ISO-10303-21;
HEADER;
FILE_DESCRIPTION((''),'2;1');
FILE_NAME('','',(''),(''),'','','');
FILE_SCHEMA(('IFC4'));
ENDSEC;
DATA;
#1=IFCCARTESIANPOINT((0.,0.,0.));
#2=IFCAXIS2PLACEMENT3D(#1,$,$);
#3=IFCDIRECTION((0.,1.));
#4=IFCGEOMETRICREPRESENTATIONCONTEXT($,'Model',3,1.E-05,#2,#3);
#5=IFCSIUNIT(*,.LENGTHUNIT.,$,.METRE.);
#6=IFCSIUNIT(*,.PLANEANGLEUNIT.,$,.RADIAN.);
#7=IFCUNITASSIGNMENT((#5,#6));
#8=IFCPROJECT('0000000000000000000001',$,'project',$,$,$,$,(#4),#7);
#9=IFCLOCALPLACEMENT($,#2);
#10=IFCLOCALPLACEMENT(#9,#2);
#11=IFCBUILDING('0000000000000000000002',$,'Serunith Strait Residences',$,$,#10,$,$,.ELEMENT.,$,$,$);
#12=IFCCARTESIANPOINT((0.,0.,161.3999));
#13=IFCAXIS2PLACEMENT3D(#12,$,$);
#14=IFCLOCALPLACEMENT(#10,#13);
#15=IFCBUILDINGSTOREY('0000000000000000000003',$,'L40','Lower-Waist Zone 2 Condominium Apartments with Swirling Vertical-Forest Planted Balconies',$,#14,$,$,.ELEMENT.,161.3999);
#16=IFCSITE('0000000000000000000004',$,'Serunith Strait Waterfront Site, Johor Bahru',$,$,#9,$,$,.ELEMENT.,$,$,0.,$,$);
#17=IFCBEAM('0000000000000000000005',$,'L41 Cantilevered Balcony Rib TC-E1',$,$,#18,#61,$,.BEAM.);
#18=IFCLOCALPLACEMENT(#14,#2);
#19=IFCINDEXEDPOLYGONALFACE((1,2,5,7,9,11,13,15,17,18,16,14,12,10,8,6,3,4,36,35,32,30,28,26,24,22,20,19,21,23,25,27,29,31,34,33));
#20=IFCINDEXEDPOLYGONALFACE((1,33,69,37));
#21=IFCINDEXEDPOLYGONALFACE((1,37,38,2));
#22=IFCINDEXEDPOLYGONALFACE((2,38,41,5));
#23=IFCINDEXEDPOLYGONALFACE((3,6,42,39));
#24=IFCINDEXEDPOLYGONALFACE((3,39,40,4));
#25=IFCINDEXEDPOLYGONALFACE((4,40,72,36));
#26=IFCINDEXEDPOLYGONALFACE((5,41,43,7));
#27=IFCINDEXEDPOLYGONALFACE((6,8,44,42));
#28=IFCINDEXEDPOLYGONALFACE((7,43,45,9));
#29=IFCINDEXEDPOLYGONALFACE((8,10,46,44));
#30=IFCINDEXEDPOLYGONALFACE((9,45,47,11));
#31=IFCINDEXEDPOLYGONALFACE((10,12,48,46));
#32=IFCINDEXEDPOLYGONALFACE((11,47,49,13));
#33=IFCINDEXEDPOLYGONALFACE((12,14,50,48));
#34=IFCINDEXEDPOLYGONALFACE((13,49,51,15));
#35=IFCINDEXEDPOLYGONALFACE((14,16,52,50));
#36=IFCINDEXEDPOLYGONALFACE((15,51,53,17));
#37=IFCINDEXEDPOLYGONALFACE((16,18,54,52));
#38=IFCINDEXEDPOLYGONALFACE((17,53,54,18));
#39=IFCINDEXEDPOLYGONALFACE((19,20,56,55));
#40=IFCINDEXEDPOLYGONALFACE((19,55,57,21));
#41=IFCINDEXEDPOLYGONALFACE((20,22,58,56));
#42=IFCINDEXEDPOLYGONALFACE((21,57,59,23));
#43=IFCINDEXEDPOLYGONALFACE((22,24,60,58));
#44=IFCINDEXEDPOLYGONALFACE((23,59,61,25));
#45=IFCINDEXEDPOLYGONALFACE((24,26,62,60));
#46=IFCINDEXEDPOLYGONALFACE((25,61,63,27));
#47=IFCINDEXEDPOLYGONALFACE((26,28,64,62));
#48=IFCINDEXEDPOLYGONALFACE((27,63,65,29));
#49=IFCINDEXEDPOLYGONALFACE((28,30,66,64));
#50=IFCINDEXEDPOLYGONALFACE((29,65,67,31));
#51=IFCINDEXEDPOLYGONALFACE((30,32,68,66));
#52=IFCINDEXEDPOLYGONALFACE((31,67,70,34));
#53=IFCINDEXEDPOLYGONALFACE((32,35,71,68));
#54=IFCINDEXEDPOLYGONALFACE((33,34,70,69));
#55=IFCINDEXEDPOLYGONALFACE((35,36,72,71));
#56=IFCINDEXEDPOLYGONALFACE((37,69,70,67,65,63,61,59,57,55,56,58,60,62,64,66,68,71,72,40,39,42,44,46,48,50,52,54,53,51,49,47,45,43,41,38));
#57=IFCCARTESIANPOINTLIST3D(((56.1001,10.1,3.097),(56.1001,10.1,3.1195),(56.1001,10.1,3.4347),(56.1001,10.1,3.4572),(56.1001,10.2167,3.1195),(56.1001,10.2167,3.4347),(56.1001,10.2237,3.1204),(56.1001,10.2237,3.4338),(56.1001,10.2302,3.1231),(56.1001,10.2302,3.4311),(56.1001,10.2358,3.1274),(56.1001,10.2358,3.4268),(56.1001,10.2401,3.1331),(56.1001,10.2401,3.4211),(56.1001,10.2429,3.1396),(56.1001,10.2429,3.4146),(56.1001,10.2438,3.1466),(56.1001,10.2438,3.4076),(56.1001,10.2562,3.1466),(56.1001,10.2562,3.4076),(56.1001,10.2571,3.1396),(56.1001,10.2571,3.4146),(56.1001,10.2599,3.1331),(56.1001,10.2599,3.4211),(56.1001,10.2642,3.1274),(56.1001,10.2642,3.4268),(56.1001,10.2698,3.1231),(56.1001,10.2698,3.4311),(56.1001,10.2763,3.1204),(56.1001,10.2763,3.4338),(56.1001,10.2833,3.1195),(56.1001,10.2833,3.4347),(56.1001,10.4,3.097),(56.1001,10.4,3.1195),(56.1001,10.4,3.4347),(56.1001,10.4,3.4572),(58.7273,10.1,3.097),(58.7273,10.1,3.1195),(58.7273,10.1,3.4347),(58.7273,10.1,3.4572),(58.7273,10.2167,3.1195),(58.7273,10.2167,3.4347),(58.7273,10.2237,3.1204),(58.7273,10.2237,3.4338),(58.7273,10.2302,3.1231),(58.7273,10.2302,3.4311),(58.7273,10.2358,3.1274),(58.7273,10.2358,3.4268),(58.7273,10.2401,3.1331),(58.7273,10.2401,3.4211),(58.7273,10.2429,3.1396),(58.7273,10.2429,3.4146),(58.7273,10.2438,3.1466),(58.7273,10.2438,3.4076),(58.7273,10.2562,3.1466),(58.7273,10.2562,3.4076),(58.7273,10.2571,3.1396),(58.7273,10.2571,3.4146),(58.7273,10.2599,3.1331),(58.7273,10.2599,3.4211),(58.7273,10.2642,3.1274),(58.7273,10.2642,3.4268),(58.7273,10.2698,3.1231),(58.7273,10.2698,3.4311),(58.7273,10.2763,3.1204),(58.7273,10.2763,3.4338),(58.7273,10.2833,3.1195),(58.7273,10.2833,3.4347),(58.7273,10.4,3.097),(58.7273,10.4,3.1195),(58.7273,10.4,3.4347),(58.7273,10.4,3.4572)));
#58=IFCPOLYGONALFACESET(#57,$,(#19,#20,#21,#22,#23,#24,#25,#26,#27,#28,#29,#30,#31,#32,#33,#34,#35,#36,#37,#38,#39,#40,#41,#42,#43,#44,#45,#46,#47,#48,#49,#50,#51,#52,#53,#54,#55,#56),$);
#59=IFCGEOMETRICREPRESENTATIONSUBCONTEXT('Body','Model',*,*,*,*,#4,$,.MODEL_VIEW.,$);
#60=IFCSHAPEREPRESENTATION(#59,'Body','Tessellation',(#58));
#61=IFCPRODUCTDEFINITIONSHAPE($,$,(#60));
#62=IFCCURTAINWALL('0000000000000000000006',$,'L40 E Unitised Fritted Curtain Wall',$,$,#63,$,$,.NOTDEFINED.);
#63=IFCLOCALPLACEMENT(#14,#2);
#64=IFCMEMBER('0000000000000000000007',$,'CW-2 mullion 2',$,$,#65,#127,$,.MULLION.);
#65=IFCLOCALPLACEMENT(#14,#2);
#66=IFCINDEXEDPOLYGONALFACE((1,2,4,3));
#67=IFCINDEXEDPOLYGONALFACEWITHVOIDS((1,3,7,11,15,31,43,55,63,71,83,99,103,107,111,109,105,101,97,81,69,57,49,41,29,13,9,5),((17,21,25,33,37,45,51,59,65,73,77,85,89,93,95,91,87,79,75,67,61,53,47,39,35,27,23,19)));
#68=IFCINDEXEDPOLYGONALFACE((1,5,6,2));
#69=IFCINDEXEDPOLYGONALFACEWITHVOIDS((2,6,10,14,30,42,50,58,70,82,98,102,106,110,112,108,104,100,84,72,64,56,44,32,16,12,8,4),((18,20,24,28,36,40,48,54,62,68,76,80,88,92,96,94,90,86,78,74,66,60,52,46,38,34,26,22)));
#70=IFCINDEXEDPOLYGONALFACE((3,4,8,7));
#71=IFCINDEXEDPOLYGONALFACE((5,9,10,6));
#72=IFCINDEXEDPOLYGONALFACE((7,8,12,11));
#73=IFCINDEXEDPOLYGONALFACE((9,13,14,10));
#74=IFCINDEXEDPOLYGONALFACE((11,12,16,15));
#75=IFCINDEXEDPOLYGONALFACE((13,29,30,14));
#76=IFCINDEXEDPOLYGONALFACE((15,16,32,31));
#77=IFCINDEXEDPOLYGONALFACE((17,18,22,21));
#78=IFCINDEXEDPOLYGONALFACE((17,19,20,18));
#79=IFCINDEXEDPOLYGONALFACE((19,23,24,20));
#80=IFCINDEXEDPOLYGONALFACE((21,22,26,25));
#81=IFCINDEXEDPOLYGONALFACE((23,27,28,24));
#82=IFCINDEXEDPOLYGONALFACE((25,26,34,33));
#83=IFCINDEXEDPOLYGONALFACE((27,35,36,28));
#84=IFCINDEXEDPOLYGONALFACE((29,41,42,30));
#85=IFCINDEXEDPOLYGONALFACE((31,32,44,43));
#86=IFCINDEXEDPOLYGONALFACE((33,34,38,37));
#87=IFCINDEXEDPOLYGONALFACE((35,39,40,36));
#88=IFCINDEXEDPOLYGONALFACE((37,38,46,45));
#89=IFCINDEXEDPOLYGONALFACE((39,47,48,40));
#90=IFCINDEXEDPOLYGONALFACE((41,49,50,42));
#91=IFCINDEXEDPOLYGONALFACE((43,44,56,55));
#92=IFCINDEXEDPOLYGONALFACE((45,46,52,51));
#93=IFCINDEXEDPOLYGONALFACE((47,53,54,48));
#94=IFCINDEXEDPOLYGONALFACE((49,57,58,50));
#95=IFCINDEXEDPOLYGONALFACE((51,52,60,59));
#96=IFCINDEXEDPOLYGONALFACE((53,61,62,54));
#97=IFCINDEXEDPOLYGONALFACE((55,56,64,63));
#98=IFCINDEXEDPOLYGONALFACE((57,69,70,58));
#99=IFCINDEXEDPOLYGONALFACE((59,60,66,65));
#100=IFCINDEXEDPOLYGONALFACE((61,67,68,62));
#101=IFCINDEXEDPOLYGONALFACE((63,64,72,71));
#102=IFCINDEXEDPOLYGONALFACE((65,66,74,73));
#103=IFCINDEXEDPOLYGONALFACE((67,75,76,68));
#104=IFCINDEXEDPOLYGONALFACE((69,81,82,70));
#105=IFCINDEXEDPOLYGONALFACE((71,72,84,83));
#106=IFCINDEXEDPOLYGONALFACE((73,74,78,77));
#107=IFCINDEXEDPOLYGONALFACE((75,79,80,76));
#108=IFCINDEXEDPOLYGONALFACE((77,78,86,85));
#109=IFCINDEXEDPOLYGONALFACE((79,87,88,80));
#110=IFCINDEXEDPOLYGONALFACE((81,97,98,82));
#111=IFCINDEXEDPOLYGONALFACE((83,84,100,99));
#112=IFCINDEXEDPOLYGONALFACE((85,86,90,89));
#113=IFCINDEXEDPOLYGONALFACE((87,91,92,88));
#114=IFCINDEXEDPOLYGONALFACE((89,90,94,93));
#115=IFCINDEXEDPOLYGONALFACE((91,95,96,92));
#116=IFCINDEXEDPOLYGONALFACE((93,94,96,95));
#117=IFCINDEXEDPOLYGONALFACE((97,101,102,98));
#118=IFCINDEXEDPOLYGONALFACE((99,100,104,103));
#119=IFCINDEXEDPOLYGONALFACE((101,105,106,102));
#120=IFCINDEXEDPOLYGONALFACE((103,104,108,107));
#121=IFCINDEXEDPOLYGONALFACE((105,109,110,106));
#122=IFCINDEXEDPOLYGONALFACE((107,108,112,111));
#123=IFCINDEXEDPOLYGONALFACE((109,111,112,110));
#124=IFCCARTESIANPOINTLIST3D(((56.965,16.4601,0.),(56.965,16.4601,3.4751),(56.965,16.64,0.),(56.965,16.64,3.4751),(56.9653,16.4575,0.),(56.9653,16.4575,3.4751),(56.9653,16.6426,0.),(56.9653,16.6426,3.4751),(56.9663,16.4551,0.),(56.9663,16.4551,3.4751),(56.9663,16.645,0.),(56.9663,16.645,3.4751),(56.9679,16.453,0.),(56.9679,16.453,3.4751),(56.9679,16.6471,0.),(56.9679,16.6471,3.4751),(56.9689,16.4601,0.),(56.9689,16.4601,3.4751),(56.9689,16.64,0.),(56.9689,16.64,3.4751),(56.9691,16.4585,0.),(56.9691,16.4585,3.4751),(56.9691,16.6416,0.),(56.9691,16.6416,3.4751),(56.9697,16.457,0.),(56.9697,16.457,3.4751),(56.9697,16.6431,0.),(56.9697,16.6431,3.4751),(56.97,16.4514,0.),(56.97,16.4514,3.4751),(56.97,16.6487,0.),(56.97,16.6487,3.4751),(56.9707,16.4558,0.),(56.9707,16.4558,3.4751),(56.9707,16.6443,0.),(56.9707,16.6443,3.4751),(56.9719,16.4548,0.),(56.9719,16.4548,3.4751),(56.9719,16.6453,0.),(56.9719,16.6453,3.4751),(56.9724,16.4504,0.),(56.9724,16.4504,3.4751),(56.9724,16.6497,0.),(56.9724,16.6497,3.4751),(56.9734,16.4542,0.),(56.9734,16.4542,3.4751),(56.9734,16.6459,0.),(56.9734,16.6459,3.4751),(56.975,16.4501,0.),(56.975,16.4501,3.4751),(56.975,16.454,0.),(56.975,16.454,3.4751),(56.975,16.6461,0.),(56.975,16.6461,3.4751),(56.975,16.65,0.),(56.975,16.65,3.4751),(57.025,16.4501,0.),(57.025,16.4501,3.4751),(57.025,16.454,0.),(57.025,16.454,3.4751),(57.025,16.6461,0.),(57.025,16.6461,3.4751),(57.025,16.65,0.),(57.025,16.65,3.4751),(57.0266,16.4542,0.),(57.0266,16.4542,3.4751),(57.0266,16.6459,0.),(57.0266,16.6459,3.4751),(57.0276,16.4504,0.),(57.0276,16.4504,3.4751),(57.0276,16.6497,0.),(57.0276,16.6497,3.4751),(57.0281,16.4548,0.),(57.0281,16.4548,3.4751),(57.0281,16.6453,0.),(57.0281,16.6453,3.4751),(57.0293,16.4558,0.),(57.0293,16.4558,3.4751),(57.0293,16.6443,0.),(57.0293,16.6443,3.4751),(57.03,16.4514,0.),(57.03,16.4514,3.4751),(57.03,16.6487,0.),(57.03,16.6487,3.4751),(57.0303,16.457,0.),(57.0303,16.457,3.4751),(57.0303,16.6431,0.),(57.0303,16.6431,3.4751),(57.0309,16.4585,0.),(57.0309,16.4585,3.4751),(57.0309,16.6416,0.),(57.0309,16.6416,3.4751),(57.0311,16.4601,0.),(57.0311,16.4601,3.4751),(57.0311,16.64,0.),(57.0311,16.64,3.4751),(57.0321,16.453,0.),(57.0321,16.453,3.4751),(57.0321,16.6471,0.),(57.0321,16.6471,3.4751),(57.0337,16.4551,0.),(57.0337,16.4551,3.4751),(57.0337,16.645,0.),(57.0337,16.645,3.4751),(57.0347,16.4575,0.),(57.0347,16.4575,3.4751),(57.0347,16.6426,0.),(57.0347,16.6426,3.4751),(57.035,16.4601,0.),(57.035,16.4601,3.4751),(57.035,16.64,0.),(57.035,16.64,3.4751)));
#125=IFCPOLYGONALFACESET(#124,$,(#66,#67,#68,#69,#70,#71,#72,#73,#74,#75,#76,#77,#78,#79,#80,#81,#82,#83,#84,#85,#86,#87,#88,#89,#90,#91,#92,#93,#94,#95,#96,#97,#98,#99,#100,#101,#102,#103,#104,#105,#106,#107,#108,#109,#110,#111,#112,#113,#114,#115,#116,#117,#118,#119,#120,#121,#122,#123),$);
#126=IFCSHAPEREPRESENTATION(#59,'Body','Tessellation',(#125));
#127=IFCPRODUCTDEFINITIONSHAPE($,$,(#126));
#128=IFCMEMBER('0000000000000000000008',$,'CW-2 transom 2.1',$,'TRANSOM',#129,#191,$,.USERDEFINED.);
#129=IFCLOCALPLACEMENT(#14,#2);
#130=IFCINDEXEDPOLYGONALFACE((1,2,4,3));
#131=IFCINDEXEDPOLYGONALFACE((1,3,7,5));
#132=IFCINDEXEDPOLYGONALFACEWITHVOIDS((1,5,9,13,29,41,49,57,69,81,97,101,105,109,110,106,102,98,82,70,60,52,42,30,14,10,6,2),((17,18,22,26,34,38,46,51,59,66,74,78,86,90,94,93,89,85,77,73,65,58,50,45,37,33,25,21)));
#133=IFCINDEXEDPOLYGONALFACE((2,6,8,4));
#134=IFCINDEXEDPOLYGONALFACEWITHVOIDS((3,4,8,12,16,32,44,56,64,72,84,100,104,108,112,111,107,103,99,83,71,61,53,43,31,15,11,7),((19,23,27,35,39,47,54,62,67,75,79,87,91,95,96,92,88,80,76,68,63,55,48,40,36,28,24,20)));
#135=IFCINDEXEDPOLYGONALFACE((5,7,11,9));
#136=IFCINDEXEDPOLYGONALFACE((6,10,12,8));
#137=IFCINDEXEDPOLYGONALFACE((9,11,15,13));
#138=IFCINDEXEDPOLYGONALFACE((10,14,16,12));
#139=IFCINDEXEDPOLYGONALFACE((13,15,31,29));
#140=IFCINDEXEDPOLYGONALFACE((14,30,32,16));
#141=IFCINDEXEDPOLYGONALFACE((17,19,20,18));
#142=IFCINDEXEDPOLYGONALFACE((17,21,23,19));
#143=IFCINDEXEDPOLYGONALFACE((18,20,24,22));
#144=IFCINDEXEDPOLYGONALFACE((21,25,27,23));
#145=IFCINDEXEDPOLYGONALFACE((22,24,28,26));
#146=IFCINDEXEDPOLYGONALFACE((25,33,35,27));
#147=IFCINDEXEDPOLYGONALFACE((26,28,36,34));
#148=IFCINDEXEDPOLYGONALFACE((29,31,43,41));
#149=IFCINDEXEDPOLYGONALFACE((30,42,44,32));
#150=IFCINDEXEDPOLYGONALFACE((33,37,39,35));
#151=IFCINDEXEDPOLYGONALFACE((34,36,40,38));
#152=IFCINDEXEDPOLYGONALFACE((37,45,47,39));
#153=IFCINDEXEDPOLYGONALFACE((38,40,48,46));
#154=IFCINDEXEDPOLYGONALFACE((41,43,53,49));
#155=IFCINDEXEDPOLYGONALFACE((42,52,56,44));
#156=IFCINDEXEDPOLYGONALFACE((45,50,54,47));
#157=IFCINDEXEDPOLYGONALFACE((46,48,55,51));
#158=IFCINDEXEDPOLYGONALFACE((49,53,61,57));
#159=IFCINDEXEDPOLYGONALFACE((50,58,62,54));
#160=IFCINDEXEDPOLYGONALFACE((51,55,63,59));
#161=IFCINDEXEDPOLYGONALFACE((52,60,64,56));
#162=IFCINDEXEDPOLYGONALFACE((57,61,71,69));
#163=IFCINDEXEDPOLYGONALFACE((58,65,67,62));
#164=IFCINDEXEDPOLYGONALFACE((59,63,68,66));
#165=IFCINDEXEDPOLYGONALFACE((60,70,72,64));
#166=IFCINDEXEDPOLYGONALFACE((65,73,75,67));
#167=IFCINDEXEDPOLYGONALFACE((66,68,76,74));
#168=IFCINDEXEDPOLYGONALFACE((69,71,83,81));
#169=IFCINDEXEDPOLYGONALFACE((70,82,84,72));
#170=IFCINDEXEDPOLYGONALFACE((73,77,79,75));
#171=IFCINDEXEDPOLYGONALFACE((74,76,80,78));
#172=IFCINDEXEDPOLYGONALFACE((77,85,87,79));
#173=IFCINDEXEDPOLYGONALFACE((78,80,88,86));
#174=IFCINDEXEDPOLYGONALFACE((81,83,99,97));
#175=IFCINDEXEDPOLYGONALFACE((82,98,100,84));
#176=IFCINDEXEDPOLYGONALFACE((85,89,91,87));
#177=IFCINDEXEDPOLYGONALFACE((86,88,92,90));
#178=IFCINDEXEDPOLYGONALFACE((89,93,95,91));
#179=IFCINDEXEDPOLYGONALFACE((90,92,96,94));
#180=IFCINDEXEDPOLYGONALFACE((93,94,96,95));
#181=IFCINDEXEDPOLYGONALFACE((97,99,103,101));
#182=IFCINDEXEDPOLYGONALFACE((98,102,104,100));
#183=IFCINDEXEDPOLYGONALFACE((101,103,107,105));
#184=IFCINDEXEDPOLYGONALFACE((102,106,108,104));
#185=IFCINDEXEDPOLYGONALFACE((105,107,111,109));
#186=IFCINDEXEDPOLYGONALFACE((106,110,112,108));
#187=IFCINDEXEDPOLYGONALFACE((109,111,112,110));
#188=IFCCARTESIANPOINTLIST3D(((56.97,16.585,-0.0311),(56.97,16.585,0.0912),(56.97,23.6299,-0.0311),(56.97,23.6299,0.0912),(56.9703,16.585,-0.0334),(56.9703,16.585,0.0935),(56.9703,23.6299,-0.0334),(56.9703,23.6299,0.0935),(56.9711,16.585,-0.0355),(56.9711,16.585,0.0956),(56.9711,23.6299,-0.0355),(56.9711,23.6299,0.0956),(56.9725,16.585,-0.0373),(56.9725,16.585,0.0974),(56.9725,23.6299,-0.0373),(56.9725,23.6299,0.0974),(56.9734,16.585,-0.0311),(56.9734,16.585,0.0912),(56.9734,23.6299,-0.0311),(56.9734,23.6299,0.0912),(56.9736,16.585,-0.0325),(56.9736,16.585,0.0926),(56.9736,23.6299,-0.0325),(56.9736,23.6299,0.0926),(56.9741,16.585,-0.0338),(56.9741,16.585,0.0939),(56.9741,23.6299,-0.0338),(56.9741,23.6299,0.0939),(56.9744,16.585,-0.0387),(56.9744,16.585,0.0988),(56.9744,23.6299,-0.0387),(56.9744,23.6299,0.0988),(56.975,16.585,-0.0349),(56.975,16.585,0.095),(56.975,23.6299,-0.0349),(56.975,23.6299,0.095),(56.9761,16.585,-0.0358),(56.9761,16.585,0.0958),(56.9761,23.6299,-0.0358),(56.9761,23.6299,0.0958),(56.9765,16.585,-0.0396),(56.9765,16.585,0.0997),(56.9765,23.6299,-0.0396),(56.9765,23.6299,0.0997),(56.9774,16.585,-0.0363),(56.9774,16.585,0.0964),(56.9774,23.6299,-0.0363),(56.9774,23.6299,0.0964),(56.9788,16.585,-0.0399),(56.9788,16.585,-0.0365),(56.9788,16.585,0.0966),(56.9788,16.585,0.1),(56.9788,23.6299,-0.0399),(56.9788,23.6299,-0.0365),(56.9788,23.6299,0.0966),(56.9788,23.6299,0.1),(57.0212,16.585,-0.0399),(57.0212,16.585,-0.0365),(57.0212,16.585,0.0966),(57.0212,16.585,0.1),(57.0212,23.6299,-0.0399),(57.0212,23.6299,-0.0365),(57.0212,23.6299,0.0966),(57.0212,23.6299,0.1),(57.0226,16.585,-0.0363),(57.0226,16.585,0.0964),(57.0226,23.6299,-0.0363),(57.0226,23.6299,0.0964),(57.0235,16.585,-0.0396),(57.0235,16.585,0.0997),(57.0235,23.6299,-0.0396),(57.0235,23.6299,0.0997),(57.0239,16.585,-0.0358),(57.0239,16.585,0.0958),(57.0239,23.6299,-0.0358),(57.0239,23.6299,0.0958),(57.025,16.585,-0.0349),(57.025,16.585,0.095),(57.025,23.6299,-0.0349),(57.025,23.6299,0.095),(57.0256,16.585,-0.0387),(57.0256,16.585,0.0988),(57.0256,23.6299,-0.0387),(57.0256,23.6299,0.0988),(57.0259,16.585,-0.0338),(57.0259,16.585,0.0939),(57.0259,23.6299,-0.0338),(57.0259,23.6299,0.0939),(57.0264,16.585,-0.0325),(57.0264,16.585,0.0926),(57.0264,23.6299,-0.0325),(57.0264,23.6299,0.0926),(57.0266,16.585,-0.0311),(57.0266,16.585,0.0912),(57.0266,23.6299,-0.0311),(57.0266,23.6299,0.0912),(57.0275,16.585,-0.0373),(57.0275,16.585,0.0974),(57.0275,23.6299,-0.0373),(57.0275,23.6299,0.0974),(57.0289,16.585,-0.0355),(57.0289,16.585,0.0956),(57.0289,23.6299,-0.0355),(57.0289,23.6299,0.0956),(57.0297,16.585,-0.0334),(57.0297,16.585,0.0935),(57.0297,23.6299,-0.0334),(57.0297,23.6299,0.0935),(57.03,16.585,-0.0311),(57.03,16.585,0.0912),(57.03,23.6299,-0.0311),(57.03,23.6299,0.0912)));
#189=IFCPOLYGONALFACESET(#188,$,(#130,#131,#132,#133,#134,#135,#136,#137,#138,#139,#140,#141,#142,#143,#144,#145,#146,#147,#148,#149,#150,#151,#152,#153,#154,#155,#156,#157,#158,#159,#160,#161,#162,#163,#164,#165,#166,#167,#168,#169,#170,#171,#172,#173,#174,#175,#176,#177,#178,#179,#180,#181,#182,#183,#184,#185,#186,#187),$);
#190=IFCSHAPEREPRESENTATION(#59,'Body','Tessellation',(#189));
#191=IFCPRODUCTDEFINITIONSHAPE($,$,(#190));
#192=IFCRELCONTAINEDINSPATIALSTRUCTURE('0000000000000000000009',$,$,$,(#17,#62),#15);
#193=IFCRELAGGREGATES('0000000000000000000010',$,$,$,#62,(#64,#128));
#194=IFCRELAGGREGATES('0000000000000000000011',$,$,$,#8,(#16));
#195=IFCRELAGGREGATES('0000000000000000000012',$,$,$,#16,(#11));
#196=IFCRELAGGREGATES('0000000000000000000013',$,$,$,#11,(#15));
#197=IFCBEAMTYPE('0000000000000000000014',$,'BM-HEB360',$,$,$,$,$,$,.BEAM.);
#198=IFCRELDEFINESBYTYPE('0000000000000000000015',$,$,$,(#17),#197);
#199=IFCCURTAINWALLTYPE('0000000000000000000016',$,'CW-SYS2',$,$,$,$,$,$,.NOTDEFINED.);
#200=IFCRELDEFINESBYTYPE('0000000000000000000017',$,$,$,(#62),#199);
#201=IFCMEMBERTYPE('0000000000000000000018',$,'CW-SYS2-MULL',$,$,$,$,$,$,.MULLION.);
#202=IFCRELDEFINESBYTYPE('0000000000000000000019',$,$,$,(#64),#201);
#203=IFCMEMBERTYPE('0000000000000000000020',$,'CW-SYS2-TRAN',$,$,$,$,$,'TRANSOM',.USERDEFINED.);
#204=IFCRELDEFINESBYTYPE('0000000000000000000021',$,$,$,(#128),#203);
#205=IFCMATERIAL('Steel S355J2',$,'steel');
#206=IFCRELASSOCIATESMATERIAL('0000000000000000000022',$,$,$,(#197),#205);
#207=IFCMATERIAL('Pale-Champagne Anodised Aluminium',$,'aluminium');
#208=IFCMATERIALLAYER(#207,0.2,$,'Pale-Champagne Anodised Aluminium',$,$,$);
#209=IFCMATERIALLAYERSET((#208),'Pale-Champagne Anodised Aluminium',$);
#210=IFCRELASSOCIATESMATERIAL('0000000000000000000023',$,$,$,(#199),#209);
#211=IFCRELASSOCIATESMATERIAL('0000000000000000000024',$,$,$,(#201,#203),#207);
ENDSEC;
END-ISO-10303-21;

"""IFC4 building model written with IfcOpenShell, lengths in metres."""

from ifc_helpers import new_model, si_unit, direction, frame, origin, origin_2d, place, context, subcontext, project, spatial, hollow_rectangle, i_section, extrude, source, transform, mapped, material, layer, layer_set, material_profile, profile_set, type_object, element, aggregate, save


model = new_model("IFC4")

# Units and contexts
model_context = context("Model", 3, precision=1e-05, world=origin(), true_north=direction((0.0, 1.0)))
body_context = subcontext(model_context, "Body", "Model", "MODEL_VIEW")
ifc_project = project(units=[si_unit("LENGTHUNIT", "METRE"), si_unit("PLANEANGLEUNIT", "RADIAN")], contexts=[model_context])

# Site, building, storey
site_placement = place(None, origin())
site = spatial("IfcSite", under=ifc_project, at=site_placement, Name="Serunith Strait Waterfront Site, Johor Bahru", CompositionType="ELEMENT", RefElevation=0.0)
building_placement = place(site_placement, origin())
building = spatial("IfcBuilding", under=site, at=building_placement, Name="Serunith Strait Residences", CompositionType="ELEMENT")
storey_placement = place(building_placement, frame((0.0, 0.0, 161.3999)))
storey = spatial("IfcBuildingStorey", under=building, at=storey_placement, Name="L40", Description="Lower-Waist Zone 2 Condominium Apartments with Swirling Vertical-Forest Planted Balconies", CompositionType="ELEMENT", Elevation=161.3999)

# Beam
ifc_material_1 = material(Name="Steel S355J2", Category="steel")
ifc_material_profile_1 = material_profile(ifc_material_1, i_section(OverallWidth=0.3, OverallDepth=0.3601, WebThickness=0.0125, FlangeThickness=0.0225, FilletRadius=0.0271, at=origin_2d()), Name="HEB 360")
ifc_profile_set_1 = profile_set([ifc_material_profile_1], Name="Steel S355J2")
beam_type_1 = type_object("IfcBeamType", Name="BM-HEB360", PredefinedType="BEAM", material=ifc_profile_set_1)
shared_shape_1 = source(origin(), body_context, "Body", "SweptSolid", [
    extrude(i_section(OverallWidth=0.3, OverallDepth=0.3601, WebThickness=0.0125, FlangeThickness=0.0225, FilletRadius=0.0271, at=origin_2d()), origin(), (0.0, 0.0, 1.0), 2.6272),
])
beam_1_placement = place(storey_placement, frame((56.1001, 10.25, 3.2771), z_axis=(1.0, 0.0, 0.0), x_axis=(0.0, 1.0, 0.0)))
element("IfcBeam", 1, at=beam_1_placement, inside=storey, type_object=beam_type_1, Name="L41 Cantilevered Balcony Rib TC-E1", PredefinedType="BEAM", context=body_context, shape_type="MappedRepresentation", body=[
    mapped(shared_shape_1, transform((0.0, 0.0, 0.0), scale=1.0)),
])

# Curtain wall, members
ifc_material_2 = material(Name="Pale-Champagne Anodised Aluminium", Category="aluminium")
ifc_layer_1 = layer(ifc_material_2, 0.2, Name="Pale-Champagne Anodised Aluminium")
ifc_layer_set_1 = layer_set([ifc_layer_1], Name="Pale-Champagne Anodised Aluminium")
curtain_wall_type = type_object("IfcCurtainWallType", Name="CW-SYS2", PredefinedType="NOTDEFINED", material=ifc_layer_set_1)
curtain_wall_placement = place(storey_placement, origin())
curtain_wall = element("IfcCurtainWall", 2, at=curtain_wall_placement, inside=storey, type_object=curtain_wall_type, Name="L40 E Unitised Fritted Curtain Wall", PredefinedType="NOTDEFINED")
ifc_material_profile_2 = material_profile(ifc_material_2, hollow_rectangle(XDim=0.0701, YDim=0.2, WallThickness=0.0039, InnerFilletRadius=0.0061, OuterFilletRadius=0.01, at=origin_2d()), Name="ALU 200x70x4")
ifc_profile_set_2 = profile_set([ifc_material_profile_2], Name="Pale-Champagne Anodised Aluminium")
member_type_1 = type_object("IfcMemberType", Name="CW-SYS2-MULL", PredefinedType="MULLION", material=ifc_profile_set_2)
shared_shape_2 = source(origin(), body_context, "Body", "SweptSolid", [
    extrude(hollow_rectangle(XDim=0.0701, YDim=0.2, WallThickness=0.0039, InnerFilletRadius=0.0061, OuterFilletRadius=0.01, at=origin_2d()), origin(), (0.0, 0.0, 1.0), 3.4751),
])
member_1_placement = place(storey_placement, frame((57.0, 16.55, 0.0), z_axis=(0.0, 0.0, 1.0), x_axis=(-1.0, 0.0, 0.0)))
member_1 = element("IfcMember", 3, at=member_1_placement, type_object=member_type_1, Name="CW-2 mullion 2", PredefinedType="MULLION", context=body_context, shape_type="MappedRepresentation", body=[
    mapped(shared_shape_2, transform((0.0, 0.0, 0.0), scale=1.0)),
])
ifc_material_profile_3 = material_profile(ifc_material_2, hollow_rectangle(XDim=0.0601, YDim=0.1399, WallThickness=0.0034, InnerFilletRadius=0.0054, OuterFilletRadius=0.0088, at=origin_2d()), Name="ALU 140x60x3.5")
ifc_profile_set_3 = profile_set([ifc_material_profile_3], Name="Pale-Champagne Anodised Aluminium")
member_type_2 = type_object("IfcMemberType", Name="CW-SYS2-TRAN", ElementType="TRANSOM", PredefinedType="USERDEFINED", material=ifc_profile_set_3)
shared_shape_3 = source(origin(), body_context, "Body", "SweptSolid", [
    extrude(hollow_rectangle(XDim=0.0601, YDim=0.1399, WallThickness=0.0034, InnerFilletRadius=0.0054, OuterFilletRadius=0.0088, at=origin_2d()), origin(), (0.0, 0.0, 1.0), 7.0449),
])
member_2_placement = place(storey_placement, frame((57.0, 16.585, 0.03), z_axis=(0.0, 1.0, 0.0), x_axis=(-1.0, 0.0, 0.0)))
member_2 = element("IfcMember", 4, at=member_2_placement, type_object=member_type_2, Name="CW-2 transom 2.1", ObjectType="TRANSOM", PredefinedType="USERDEFINED", context=body_context, shape_type="MappedRepresentation", body=[
    mapped(shared_shape_3, transform((0.0, 0.0, 0.0), scale=1.0)),
])
aggregate(curtain_wall, [member_1, member_2])

save(model, "model.ifc")
